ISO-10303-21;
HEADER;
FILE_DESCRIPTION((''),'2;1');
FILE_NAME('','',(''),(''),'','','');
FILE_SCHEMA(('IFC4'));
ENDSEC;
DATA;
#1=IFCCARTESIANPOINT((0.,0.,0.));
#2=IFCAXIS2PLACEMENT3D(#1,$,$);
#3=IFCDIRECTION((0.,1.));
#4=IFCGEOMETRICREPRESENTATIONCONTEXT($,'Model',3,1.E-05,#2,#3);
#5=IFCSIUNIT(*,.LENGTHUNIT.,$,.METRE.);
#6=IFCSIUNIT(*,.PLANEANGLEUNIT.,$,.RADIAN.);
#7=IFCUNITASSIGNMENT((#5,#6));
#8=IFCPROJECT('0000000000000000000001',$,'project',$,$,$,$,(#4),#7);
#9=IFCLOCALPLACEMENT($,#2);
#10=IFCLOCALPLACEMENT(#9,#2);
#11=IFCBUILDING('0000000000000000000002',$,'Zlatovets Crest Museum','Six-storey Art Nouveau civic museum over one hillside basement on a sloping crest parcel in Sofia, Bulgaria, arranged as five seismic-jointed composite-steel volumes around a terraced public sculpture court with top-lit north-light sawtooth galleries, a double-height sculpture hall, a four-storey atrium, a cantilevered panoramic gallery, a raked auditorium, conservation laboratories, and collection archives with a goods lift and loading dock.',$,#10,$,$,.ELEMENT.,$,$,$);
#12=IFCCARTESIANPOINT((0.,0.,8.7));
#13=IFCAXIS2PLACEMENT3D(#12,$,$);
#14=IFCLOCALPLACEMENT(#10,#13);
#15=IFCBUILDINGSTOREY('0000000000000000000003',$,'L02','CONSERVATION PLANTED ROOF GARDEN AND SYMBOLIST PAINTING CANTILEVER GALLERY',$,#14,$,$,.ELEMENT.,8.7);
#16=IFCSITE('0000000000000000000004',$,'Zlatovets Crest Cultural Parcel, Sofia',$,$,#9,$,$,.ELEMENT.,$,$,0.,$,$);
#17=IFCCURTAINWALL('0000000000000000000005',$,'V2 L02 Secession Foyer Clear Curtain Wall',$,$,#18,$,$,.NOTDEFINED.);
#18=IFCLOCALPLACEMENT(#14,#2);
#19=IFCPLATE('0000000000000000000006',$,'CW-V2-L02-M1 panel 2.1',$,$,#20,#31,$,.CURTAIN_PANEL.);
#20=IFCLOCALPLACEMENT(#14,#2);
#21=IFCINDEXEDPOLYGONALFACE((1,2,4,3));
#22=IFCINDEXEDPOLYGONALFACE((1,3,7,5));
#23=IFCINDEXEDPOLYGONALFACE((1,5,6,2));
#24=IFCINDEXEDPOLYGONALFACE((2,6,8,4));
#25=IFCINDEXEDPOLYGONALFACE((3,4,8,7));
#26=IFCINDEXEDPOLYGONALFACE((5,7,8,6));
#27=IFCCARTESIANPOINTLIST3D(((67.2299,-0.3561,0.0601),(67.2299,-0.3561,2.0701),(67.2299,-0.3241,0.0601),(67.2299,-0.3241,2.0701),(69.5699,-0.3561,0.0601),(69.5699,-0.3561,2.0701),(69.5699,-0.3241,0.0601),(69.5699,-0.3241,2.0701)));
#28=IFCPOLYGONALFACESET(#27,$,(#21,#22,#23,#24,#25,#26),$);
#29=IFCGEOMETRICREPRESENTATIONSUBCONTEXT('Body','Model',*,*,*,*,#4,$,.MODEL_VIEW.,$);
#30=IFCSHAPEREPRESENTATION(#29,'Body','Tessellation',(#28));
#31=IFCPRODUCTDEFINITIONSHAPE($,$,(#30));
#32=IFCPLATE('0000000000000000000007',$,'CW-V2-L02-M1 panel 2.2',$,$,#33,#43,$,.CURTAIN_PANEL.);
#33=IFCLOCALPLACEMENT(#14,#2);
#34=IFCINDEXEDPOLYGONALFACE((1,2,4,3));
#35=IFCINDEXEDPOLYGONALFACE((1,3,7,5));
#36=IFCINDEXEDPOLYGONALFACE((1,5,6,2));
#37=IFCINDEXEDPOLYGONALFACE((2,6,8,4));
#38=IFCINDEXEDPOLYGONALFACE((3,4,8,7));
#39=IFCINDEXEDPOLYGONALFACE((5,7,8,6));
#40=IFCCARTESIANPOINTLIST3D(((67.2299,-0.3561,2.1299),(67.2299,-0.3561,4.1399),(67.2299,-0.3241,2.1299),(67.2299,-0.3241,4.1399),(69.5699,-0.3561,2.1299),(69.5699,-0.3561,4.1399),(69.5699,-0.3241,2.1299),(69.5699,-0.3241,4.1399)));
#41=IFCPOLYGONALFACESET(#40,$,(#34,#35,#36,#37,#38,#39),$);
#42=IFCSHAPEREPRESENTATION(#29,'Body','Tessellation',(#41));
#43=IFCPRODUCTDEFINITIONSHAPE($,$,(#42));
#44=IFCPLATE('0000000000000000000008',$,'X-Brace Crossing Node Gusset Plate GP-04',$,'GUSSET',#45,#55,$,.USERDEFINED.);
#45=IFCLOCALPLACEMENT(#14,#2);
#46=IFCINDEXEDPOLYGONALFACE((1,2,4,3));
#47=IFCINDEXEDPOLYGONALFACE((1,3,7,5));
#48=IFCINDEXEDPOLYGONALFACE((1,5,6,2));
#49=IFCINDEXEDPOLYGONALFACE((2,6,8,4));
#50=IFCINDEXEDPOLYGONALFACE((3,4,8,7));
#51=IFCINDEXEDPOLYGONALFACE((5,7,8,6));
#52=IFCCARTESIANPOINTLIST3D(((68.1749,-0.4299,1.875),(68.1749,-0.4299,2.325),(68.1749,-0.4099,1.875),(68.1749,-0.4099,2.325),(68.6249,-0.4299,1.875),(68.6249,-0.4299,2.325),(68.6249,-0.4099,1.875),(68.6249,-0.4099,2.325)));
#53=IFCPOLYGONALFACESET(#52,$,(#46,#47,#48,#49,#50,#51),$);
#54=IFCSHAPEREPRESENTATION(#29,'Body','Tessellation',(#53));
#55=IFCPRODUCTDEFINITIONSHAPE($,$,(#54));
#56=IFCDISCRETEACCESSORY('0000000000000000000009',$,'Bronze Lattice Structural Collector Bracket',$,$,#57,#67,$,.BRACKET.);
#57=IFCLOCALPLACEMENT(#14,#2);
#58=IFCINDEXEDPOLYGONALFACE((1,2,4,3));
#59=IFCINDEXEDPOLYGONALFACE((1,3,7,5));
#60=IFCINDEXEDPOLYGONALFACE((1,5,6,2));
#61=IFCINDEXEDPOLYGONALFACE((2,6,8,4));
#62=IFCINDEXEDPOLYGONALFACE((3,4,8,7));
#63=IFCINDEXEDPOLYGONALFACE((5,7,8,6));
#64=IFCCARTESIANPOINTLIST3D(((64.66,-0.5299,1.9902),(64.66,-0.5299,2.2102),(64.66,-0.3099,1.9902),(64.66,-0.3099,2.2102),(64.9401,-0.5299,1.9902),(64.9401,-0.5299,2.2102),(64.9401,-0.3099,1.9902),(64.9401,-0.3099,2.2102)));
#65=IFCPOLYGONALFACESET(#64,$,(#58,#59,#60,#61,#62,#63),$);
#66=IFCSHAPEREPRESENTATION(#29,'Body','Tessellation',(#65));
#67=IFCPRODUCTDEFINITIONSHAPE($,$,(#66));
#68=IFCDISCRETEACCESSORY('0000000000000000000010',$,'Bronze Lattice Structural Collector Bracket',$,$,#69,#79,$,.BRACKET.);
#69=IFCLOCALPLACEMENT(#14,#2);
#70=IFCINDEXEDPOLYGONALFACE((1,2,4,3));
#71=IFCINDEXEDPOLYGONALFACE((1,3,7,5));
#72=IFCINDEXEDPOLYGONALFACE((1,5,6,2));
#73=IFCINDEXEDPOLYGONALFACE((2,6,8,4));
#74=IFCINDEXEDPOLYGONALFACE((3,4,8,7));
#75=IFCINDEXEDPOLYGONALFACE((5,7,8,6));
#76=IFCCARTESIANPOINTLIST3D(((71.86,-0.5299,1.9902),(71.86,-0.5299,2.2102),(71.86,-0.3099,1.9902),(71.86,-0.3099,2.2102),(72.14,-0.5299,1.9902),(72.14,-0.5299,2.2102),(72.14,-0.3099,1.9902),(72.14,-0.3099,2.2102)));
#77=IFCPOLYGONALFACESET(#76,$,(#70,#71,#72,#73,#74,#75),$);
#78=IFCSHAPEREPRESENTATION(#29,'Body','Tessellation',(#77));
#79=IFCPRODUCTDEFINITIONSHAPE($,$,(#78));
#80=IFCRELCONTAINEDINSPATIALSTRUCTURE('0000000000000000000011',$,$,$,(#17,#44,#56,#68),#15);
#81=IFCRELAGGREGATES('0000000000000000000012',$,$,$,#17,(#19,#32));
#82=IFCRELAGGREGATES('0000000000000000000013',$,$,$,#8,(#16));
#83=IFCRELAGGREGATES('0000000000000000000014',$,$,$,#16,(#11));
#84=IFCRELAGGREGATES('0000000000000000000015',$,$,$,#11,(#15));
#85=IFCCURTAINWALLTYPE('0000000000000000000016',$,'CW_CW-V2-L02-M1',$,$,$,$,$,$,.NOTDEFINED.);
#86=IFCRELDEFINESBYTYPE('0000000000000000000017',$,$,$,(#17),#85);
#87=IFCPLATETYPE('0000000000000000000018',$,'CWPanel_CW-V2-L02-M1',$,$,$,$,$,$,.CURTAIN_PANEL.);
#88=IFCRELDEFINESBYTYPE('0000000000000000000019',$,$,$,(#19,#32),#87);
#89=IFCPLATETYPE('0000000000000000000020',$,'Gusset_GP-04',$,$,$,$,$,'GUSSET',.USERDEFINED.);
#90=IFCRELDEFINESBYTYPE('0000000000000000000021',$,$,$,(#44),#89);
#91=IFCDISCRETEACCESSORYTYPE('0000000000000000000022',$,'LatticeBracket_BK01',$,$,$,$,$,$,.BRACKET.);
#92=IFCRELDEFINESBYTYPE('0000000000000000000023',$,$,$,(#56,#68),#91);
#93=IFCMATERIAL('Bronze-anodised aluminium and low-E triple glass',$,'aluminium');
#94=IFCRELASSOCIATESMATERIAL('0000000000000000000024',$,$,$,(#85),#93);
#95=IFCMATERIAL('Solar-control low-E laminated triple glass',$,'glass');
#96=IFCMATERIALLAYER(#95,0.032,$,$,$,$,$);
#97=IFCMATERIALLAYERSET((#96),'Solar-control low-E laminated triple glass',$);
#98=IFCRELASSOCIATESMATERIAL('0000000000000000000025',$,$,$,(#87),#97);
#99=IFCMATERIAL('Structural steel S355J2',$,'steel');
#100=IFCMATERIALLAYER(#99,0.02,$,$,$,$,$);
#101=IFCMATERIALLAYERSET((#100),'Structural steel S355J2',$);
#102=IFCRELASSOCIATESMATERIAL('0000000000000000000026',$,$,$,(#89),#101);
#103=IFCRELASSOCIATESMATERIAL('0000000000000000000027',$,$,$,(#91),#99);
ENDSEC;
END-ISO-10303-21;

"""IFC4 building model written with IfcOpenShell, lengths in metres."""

from ifc_helpers import new_model, si_unit, direction, frame, origin, origin_2d, place, context, subcontext, project, spatial, rectangle, extrude, material, layer, layer_set, type_object, element, aggregate, save


model = new_model("IFC4")

# Units and contexts
model_context = context("Model", 3, precision=1e-05, world=origin(), true_north=direction((0.0, 1.0)))
body_context = subcontext(model_context, "Body", "Model", "MODEL_VIEW")
ifc_project = project(units=[si_unit("LENGTHUNIT", "METRE"), si_unit("PLANEANGLEUNIT", "RADIAN")], contexts=[model_context])

# Site, building, storey
site_placement = place(None, origin())
site = spatial("IfcSite", under=ifc_project, at=site_placement, Name="Zlatovets Crest Cultural Parcel, Sofia", CompositionType="ELEMENT", RefElevation=0.0)
building_placement = place(site_placement, origin())
building = spatial("IfcBuilding", under=site, at=building_placement, Name="Zlatovets Crest Museum", Description="Six-storey Art Nouveau civic museum over one hillside basement on a sloping crest parcel in Sofia, Bulgaria, arranged as five seismic-jointed composite-steel volumes around a terraced public sculpture court with top-lit north-light sawtooth galleries, a double-height sculpture hall, a four-storey atrium, a cantilevered panoramic gallery, a raked auditorium, conservation laboratories, and collection archives with a goods lift and loading dock.", CompositionType="ELEMENT")
storey_placement = place(building_placement, frame((0.0, 0.0, 8.7)))
storey = spatial("IfcBuildingStorey", under=building, at=storey_placement, Name="L02", Description="CONSERVATION PLANTED ROOF GARDEN AND SYMBOLIST PAINTING CANTILEVER GALLERY", CompositionType="ELEMENT", Elevation=8.7)

# Curtain wall
ifc_material_1 = material(Name="Bronze-anodised aluminium and low-E triple glass", Category="aluminium")
curtain_wall_type_1 = type_object("IfcCurtainWallType", Name="CW_CW-V2-L02-M1", PredefinedType="NOTDEFINED", material=ifc_material_1)
curtain_wall_1_placement = place(storey_placement, origin())
curtain_wall_1 = element("IfcCurtainWall", 1, at=curtain_wall_1_placement, inside=storey, type_object=curtain_wall_type_1, Name="V2 L02 Secession Foyer Clear Curtain Wall", PredefinedType="NOTDEFINED")

# Plates
ifc_material_2 = material(Name="Solar-control low-E laminated triple glass", Category="glass")
ifc_layer_1 = layer(ifc_material_2, 0.032)
ifc_layer_set_1 = layer_set([ifc_layer_1], Name="Solar-control low-E laminated triple glass")
plate_type_1 = type_object("IfcPlateType", Name="CWPanel_CW-V2-L02-M1", PredefinedType="CURTAIN_PANEL", material=ifc_layer_set_1)
plate_1_placement = place(storey_placement, frame((68.3999, -0.3401, 0.0601), z_axis=(0.0, 0.0, 1.0), x_axis=(1.0, 0.0, 0.0)))
plate_1 = element("IfcPlate", 2, at=plate_1_placement, type_object=plate_type_1, Name="CW-V2-L02-M1 panel 2.1", PredefinedType="CURTAIN_PANEL", context=body_context, shape_type="SweptSolid", body=[
    extrude(rectangle(XDim=2.3401, YDim=0.032, at=origin_2d()), origin(), (0.0, 0.0, 1.0), 2.01),
])
plate_2_placement = place(storey_placement, frame((68.3999, -0.3401, 2.1299), z_axis=(0.0, 0.0, 1.0), x_axis=(1.0, 0.0, 0.0)))
plate_2 = element("IfcPlate", 3, at=plate_2_placement, type_object=plate_type_1, Name="CW-V2-L02-M1 panel 2.2", PredefinedType="CURTAIN_PANEL", context=body_context, shape_type="SweptSolid", body=[
    extrude(rectangle(XDim=2.3401, YDim=0.032, at=origin_2d()), origin(), (0.0, 0.0, 1.0), 2.01),
])
aggregate(curtain_wall_1, [plate_1, plate_2])
ifc_material_3 = material(Name="Structural steel S355J2", Category="steel")
ifc_layer_2 = layer(ifc_material_3, 0.02)
ifc_layer_set_2 = layer_set([ifc_layer_2], Name="Structural steel S355J2")
plate_type_2 = type_object("IfcPlateType", Name="Gusset_GP-04", ElementType="GUSSET", PredefinedType="USERDEFINED", material=ifc_layer_set_2)
plate_3_placement = place(storey_placement, frame((68.3999, -0.4199, 1.875), z_axis=(0.0, 0.0, 1.0), x_axis=(1.0, 0.0, 0.0)))
element("IfcPlate", 4, at=plate_3_placement, inside=storey, type_object=plate_type_2, Name="X-Brace Crossing Node Gusset Plate GP-04", ObjectType="GUSSET", PredefinedType="USERDEFINED", context=body_context, shape_type="SweptSolid", body=[
    extrude(rectangle(XDim=0.45, YDim=0.02, at=origin_2d()), origin(), (0.0, 0.0, 1.0), 0.45),
])

# Discrete accessories
discrete_accessory_type = type_object("IfcDiscreteAccessoryType", Name="LatticeBracket_BK01", PredefinedType="BRACKET", material=ifc_material_3)
for number, where, z_axis, x_axis, name in (
    (5, (64.8, -0.4199, 1.9902), (0.0, 0.0, 1.0), (1.0, 0.0, 0.0), "Bronze Lattice Structural Collector Bracket"),
    (6, (72.0, -0.4199, 1.9902), (0.0, 0.0, 1.0), (1.0, 0.0, 0.0), "Bronze Lattice Structural Collector Bracket"),
):
    element("IfcDiscreteAccessory", number, at=place(storey_placement, frame(where, z_axis=z_axis, x_axis=x_axis)), inside=storey, type_object=discrete_accessory_type, Name=name, PredefinedType="BRACKET", context=body_context, shape_type="SweptSolid", body=[
        extrude(rectangle(XDim=0.28, YDim=0.22, at=origin_2d()), origin(), (0.0, 0.0, 1.0), 0.22),
    ])

save(model, "model.ifc")
